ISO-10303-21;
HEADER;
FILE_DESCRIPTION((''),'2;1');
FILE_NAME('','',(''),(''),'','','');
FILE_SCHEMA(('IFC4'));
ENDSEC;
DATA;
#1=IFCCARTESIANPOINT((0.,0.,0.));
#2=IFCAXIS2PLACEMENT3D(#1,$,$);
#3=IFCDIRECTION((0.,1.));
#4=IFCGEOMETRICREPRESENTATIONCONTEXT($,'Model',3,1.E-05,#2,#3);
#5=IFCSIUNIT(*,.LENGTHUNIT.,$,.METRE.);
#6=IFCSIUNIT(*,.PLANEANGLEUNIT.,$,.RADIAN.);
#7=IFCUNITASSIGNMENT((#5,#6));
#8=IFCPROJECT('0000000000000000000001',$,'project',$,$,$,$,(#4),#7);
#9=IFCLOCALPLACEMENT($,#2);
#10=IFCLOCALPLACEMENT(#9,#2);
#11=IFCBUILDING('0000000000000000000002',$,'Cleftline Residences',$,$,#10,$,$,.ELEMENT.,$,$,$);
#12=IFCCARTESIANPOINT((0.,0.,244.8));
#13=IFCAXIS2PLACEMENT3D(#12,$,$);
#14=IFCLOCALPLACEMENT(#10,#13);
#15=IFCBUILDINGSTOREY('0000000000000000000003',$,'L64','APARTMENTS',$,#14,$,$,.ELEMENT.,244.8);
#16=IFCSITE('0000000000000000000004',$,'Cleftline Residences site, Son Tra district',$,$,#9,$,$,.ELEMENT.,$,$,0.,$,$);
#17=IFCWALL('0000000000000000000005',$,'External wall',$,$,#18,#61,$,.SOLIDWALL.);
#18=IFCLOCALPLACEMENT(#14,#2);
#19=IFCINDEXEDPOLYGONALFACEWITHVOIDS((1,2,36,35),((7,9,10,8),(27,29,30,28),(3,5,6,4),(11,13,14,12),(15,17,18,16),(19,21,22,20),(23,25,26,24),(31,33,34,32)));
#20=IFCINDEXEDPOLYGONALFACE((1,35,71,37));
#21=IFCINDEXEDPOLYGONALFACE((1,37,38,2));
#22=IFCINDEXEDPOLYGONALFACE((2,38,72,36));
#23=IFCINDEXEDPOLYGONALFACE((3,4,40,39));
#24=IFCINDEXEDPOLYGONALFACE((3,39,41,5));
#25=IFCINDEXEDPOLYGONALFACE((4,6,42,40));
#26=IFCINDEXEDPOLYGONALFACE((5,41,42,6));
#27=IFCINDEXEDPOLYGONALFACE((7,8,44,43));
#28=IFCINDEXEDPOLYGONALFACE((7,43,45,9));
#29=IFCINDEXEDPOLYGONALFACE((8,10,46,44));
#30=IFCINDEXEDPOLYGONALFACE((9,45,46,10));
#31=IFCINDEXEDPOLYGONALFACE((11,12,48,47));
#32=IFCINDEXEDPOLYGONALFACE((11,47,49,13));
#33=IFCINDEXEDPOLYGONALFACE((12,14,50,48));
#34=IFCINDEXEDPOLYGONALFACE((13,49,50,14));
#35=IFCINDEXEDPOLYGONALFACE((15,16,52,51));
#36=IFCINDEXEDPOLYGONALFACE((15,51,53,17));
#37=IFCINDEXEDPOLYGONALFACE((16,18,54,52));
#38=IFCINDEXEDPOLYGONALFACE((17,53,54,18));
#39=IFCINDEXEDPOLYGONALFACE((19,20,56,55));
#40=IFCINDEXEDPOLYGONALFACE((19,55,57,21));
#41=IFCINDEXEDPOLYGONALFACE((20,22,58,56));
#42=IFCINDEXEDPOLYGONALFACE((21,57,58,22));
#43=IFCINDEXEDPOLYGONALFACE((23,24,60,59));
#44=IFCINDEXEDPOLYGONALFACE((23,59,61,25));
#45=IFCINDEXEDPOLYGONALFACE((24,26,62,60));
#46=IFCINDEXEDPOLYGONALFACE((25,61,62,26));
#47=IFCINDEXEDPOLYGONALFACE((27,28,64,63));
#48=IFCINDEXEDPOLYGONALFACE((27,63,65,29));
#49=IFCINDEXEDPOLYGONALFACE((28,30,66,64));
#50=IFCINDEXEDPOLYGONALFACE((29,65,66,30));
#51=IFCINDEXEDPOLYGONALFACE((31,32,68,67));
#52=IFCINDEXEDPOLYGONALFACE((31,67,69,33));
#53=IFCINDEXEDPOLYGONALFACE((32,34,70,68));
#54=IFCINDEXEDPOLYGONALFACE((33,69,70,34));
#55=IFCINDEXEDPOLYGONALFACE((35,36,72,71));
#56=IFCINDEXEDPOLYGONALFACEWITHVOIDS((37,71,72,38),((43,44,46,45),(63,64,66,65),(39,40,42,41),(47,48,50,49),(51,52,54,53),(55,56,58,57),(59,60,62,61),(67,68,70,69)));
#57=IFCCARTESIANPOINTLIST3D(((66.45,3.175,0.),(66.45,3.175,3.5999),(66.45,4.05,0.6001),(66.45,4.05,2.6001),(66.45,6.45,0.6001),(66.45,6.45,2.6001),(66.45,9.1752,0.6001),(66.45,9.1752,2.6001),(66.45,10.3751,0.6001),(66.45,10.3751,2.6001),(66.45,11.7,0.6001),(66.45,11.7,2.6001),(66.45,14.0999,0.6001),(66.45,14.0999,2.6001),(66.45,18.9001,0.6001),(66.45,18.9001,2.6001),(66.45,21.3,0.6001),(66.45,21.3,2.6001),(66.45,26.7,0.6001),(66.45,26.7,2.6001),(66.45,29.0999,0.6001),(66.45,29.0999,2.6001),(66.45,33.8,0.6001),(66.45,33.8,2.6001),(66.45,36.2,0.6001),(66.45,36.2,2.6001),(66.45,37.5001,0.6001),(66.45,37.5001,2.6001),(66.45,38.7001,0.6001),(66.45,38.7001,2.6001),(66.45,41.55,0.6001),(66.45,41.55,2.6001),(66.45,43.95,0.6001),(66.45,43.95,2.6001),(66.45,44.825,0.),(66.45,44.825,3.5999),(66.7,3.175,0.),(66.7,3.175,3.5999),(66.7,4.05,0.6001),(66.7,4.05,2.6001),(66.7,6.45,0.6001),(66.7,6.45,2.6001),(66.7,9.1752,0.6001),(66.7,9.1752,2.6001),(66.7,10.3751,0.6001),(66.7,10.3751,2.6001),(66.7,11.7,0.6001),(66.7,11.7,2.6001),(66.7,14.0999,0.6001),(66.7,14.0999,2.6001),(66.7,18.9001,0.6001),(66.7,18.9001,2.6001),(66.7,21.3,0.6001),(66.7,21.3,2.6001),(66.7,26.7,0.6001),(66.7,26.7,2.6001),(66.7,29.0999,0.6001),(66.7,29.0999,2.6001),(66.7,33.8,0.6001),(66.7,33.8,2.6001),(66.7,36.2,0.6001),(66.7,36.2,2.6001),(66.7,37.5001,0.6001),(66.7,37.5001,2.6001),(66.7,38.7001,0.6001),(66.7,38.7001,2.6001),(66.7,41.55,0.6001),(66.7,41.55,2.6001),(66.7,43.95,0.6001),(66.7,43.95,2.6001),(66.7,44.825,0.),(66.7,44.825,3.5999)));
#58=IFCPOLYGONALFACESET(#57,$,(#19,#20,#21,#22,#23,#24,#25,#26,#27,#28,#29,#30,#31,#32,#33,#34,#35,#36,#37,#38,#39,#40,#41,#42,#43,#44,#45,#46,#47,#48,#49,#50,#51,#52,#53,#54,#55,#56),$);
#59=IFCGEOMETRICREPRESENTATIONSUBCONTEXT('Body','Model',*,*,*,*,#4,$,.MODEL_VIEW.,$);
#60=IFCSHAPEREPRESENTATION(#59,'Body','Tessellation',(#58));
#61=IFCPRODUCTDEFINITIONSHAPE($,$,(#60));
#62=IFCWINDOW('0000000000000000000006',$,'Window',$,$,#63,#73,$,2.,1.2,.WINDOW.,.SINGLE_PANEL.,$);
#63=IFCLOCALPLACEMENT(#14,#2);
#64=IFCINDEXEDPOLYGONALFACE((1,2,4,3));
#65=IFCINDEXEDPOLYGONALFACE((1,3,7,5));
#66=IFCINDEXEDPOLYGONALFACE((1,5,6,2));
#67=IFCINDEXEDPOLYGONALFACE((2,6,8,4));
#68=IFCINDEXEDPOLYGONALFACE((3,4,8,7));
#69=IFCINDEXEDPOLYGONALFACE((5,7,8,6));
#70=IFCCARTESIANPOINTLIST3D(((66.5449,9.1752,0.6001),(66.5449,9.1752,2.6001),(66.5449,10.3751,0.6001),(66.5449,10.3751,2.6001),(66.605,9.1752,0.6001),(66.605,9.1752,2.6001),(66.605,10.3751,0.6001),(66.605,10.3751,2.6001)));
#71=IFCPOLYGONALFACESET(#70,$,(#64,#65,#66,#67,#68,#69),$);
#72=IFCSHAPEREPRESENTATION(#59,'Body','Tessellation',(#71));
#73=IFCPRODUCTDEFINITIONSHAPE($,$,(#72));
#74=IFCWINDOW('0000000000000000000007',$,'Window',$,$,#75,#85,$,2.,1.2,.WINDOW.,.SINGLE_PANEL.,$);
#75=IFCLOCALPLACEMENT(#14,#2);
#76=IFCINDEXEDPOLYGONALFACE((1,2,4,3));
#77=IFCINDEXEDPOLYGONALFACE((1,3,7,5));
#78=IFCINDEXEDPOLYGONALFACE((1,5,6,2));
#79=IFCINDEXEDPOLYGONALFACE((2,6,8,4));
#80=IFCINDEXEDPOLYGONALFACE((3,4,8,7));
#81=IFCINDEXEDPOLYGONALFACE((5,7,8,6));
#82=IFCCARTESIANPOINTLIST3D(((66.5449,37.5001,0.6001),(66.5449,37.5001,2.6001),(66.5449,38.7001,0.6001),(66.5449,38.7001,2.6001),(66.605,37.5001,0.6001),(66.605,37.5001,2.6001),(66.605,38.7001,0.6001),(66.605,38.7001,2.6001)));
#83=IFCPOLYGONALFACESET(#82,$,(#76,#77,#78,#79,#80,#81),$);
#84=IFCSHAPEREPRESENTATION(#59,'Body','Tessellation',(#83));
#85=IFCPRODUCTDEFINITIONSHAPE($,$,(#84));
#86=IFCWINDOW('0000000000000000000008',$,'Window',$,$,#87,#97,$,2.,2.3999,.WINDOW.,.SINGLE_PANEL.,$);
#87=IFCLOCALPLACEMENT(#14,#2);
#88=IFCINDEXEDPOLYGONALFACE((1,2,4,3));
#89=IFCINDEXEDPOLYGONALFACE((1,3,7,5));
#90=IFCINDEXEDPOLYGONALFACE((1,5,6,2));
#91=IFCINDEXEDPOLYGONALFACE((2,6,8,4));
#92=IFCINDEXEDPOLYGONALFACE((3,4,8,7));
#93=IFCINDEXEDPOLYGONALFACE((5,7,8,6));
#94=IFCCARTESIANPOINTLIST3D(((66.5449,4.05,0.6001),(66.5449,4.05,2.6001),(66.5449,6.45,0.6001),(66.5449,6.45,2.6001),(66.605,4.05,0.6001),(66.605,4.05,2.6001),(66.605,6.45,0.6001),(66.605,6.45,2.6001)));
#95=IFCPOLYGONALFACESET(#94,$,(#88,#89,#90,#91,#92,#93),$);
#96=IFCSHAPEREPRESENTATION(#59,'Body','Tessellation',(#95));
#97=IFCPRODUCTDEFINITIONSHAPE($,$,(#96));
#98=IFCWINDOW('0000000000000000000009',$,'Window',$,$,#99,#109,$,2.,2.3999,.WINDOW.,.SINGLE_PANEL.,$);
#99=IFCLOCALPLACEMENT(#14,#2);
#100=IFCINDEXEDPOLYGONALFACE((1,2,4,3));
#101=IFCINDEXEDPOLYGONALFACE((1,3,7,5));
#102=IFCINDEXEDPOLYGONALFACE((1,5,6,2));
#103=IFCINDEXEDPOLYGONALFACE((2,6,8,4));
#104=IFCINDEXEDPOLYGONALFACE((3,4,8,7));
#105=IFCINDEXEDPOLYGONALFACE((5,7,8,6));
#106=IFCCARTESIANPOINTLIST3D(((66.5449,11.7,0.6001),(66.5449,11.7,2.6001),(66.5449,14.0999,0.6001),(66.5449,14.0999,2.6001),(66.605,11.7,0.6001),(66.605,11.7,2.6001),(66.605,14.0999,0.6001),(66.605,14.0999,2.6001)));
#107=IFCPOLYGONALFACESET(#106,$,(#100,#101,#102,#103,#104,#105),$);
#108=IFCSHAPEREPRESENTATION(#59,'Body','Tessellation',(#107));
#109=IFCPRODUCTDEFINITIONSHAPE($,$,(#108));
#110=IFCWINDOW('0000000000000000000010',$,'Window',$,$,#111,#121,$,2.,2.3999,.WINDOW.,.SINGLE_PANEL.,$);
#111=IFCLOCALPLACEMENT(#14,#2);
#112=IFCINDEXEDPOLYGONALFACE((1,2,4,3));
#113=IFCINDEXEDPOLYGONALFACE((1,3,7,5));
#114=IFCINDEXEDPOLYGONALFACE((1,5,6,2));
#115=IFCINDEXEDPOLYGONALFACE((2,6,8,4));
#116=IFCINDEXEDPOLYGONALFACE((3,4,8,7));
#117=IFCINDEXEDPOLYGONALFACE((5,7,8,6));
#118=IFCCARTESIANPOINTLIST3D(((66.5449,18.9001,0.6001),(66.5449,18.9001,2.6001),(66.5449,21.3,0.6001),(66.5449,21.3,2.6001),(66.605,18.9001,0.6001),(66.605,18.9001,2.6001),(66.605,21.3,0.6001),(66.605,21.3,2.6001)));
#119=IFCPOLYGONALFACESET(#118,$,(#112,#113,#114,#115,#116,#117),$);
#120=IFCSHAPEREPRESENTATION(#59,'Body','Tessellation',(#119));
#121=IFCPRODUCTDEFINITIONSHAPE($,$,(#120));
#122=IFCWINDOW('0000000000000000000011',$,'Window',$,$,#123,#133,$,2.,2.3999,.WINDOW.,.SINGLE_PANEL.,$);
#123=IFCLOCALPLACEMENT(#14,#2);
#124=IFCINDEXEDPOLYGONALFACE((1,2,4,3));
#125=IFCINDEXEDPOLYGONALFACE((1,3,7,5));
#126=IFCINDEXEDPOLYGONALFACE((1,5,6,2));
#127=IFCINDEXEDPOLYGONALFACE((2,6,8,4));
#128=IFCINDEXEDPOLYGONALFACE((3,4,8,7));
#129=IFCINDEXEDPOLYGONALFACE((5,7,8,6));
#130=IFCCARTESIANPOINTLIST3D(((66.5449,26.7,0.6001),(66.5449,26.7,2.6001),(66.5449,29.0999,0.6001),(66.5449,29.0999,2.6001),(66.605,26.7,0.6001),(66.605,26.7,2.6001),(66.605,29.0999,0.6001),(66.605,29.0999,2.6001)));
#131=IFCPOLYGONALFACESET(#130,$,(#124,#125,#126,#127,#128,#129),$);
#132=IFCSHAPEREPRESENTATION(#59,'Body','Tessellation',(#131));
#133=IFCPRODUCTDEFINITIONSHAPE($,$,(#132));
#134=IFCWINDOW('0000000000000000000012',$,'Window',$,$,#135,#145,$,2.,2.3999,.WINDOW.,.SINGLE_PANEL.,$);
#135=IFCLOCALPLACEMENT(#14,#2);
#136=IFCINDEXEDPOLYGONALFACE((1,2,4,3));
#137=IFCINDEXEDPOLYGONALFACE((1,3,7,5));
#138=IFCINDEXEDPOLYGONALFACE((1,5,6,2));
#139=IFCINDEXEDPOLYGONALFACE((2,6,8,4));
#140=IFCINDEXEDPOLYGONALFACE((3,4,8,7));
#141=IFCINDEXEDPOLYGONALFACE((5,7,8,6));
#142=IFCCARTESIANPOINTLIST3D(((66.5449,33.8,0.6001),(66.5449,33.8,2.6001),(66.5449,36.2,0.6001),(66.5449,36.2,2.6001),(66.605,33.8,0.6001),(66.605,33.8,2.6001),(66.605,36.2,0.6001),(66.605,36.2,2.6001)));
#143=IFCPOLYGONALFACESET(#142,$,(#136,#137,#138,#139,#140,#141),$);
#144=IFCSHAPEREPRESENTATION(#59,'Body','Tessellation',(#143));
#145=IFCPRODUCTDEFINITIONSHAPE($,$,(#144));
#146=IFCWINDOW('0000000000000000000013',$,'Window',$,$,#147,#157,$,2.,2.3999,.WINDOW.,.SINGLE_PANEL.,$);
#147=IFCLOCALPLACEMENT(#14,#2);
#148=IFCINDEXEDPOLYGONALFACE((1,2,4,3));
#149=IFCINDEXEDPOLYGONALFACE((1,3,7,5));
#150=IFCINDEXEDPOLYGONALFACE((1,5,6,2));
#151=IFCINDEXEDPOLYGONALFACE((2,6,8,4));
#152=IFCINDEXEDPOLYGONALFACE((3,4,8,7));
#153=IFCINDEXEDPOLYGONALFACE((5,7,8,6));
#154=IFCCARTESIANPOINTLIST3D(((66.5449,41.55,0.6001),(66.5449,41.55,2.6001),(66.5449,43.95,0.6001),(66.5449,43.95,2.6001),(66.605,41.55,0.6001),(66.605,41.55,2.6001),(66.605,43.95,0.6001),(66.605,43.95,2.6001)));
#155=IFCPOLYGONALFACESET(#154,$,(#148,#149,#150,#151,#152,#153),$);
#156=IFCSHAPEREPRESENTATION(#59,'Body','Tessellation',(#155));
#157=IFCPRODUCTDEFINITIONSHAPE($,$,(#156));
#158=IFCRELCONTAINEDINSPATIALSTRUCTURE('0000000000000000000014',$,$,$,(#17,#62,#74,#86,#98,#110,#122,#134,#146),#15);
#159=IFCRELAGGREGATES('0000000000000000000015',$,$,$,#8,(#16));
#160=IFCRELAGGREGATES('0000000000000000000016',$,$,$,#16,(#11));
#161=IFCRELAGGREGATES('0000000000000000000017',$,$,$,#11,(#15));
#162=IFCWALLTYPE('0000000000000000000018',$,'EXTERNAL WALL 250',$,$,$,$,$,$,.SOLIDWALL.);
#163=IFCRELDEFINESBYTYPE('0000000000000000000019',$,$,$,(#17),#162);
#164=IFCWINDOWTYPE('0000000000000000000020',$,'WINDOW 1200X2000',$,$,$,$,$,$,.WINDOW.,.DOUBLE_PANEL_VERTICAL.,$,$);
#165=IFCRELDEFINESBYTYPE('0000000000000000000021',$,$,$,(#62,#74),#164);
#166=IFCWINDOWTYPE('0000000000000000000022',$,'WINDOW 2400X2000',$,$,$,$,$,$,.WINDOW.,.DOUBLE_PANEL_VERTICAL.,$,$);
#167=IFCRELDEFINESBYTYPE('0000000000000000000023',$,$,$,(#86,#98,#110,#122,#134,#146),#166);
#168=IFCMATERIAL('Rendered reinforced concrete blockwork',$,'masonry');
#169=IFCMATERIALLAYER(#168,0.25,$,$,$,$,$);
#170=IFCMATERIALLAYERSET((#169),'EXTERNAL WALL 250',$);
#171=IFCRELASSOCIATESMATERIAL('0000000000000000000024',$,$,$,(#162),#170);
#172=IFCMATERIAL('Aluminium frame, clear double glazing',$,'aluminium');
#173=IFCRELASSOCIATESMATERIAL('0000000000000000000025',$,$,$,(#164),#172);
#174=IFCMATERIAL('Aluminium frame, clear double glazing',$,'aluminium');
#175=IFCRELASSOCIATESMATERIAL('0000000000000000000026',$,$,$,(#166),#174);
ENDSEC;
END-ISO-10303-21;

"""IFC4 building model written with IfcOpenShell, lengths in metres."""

from ifc_helpers import new_model, si_unit, direction, frame, frame_2d, origin, place, context, subcontext, project, spatial, rectangle, extrude, material, layer, layer_set, type_object, element, fill, save


model = new_model("IFC4")

# Units and contexts
model_context = context("Model", 3, precision=1e-05, world=origin(), true_north=direction((0.0, 1.0)))
body_context = subcontext(model_context, "Body", "Model", "MODEL_VIEW")
ifc_project = project(units=[si_unit("LENGTHUNIT", "METRE"), si_unit("PLANEANGLEUNIT", "RADIAN")], contexts=[model_context])

# Site, building, storey
site_placement = place(None, origin())
site = spatial("IfcSite", under=ifc_project, at=site_placement, Name="Cleftline Residences site, Son Tra district", CompositionType="ELEMENT", RefElevation=0.0)
building_placement = place(site_placement, origin())
building = spatial("IfcBuilding", under=site, at=building_placement, Name="Cleftline Residences", CompositionType="ELEMENT")
storey_placement = place(building_placement, frame((0.0, 0.0, 244.8)))
storey = spatial("IfcBuildingStorey", under=building, at=storey_placement, Name="L64", Description="APARTMENTS", CompositionType="ELEMENT", Elevation=244.8)

# Wall, openings, windows
ifc_material_1 = material(Name="Rendered reinforced concrete blockwork", Category="masonry")
ifc_layer_1 = layer(ifc_material_1, 0.25)
ifc_layer_set_1 = layer_set([ifc_layer_1], Name="EXTERNAL WALL 250")
wall_type = type_object("IfcWallType", Name="EXTERNAL WALL 250", PredefinedType="SOLIDWALL", material=ifc_layer_set_1)
wall_placement = place(storey_placement, frame((66.575, 3.175, 0.0), z_axis=(0.0, 0.0, 1.0), x_axis=(0.0, 1.0, 0.0)))
wall = element("IfcWall", 1, at=wall_placement, inside=storey, type_object=wall_type, Name="External wall", PredefinedType="SOLIDWALL", context=body_context, shape_type="SweptSolid", body=[
    extrude(rectangle(XDim=41.6499, YDim=0.25, at=frame_2d((20.825, 0.0))), origin(), (0.0, 0.0, 1.0), 3.5999),
])
opening_1_placement = place(wall_placement, frame((0.875, 0.0, 0.6001)))
opening_1 = element("IfcOpeningElement", 2, at=opening_1_placement, cuts=wall, PredefinedType="OPENING", context=body_context, shape_type="SweptSolid", body=[
    extrude(rectangle(XDim=2.3999, YDim=2.0, at=frame_2d((1.2, 1.0))), frame((0.0, 0.135, 0.0), z_axis=(0.0, -1.0, 0.0), x_axis=(1.0, 0.0, 0.0)), (0.0, 0.0, 1.0), 0.27),
])
opening_2_placement = place(wall_placement, frame((6.0, 0.0, 0.6001)))
opening_2 = element("IfcOpeningElement", 3, at=opening_2_placement, cuts=wall, PredefinedType="OPENING", context=body_context, shape_type="SweptSolid", body=[
    extrude(rectangle(XDim=1.2, YDim=2.0, at=frame_2d((0.6001, 1.0))), frame((0.0, 0.135, 0.0), z_axis=(0.0, -1.0, 0.0), x_axis=(1.0, 0.0, 0.0)), (0.0, 0.0, 1.0), 0.27),
])
opening_3_placement = place(wall_placement, frame((8.5249, 0.0, 0.6001)))
opening_3 = element("IfcOpeningElement", 4, at=opening_3_placement, cuts=wall, PredefinedType="OPENING", context=body_context, shape_type="SweptSolid", body=[
    extrude(rectangle(XDim=2.3999, YDim=2.0, at=frame_2d((1.2, 1.0))), frame((0.0, 0.135, 0.0), z_axis=(0.0, -1.0, 0.0), x_axis=(1.0, 0.0, 0.0)), (0.0, 0.0, 1.0), 0.27),
])
opening_4_placement = place(wall_placement, frame((15.7251, 0.0, 0.6001)))
opening_4 = element("IfcOpeningElement", 5, at=opening_4_placement, cuts=wall, PredefinedType="OPENING", context=body_context, shape_type="SweptSolid", body=[
    extrude(rectangle(XDim=2.3999, YDim=2.0, at=frame_2d((1.2, 1.0))), frame((0.0, 0.135, 0.0), z_axis=(0.0, -1.0, 0.0), x_axis=(1.0, 0.0, 0.0)), (0.0, 0.0, 1.0), 0.27),
])
opening_5_placement = place(wall_placement, frame((23.5249, 0.0, 0.6001)))
opening_5 = element("IfcOpeningElement", 6, at=opening_5_placement, cuts=wall, PredefinedType="OPENING", context=body_context, shape_type="SweptSolid", body=[
    extrude(rectangle(XDim=2.3999, YDim=2.0, at=frame_2d((1.2, 1.0))), frame((0.0, 0.135, 0.0), z_axis=(0.0, -1.0, 0.0), x_axis=(1.0, 0.0, 0.0)), (0.0, 0.0, 1.0), 0.27),
])
opening_6_placement = place(wall_placement, frame((30.625, 0.0, 0.6001)))
opening_6 = element("IfcOpeningElement", 7, at=opening_6_placement, cuts=wall, PredefinedType="OPENING", context=body_context, shape_type="SweptSolid", body=[
    extrude(rectangle(XDim=2.3999, YDim=2.0, at=frame_2d((1.2, 1.0))), frame((0.0, 0.135, 0.0), z_axis=(0.0, -1.0, 0.0), x_axis=(1.0, 0.0, 0.0)), (0.0, 0.0, 1.0), 0.27),
])
opening_7_placement = place(wall_placement, frame((34.325, 0.0, 0.6001)))
opening_7 = element("IfcOpeningElement", 8, at=opening_7_placement, cuts=wall, PredefinedType="OPENING", context=body_context, shape_type="SweptSolid", body=[
    extrude(rectangle(XDim=1.2, YDim=2.0, at=frame_2d((0.6001, 1.0))), frame((0.0, 0.135, 0.0), z_axis=(0.0, -1.0, 0.0), x_axis=(1.0, 0.0, 0.0)), (0.0, 0.0, 1.0), 0.27),
])
opening_8_placement = place(wall_placement, frame((38.375, 0.0, 0.6001)))
opening_8 = element("IfcOpeningElement", 9, at=opening_8_placement, cuts=wall, PredefinedType="OPENING", context=body_context, shape_type="SweptSolid", body=[
    extrude(rectangle(XDim=2.3999, YDim=2.0, at=frame_2d((1.2, 1.0))), frame((0.0, 0.135, 0.0), z_axis=(0.0, -1.0, 0.0), x_axis=(1.0, 0.0, 0.0)), (0.0, 0.0, 1.0), 0.27),
])
ifc_material_2 = material(Name="Aluminium frame, clear double glazing", Category="aluminium")
window_type_1 = type_object("IfcWindowType", Name="WINDOW 1200X2000", PartitioningType="DOUBLE_PANEL_VERTICAL", PredefinedType="WINDOW", material=ifc_material_2)
window_1_placement = place(opening_2_placement, origin())
window_1 = element("IfcWindow", 10, at=window_1_placement, inside=storey, type_object=window_type_1, Name="Window", OverallHeight=2.0, OverallWidth=1.2, PartitioningType="SINGLE_PANEL", PredefinedType="WINDOW", context=body_context, shape_type="SweptSolid", body=[
    extrude(rectangle(XDim=1.2, YDim=2.0, at=frame_2d((0.6001, 1.0))), frame((0.0, 0.03, 0.0), z_axis=(0.0, -1.0, 0.0), x_axis=(1.0, 0.0, 0.0)), (0.0, 0.0, 1.0), 0.0601),
])
fill(opening_2, window_1)
window_2_placement = place(opening_7_placement, origin())
window_2 = element("IfcWindow", 11, at=window_2_placement, inside=storey, type_object=window_type_1, Name="Window", OverallHeight=2.0, OverallWidth=1.2, PartitioningType="SINGLE_PANEL", PredefinedType="WINDOW", context=body_context, shape_type="SweptSolid", body=[
    extrude(rectangle(XDim=1.2, YDim=2.0, at=frame_2d((0.6001, 1.0))), frame((0.0, 0.03, 0.0), z_axis=(0.0, -1.0, 0.0), x_axis=(1.0, 0.0, 0.0)), (0.0, 0.0, 1.0), 0.0601),
])
fill(opening_7, window_2)
ifc_material_3 = material(Name="Aluminium frame, clear double glazing", Category="aluminium")
window_type_2 = type_object("IfcWindowType", Name="WINDOW 2400X2000", PartitioningType="DOUBLE_PANEL_VERTICAL", PredefinedType="WINDOW", material=ifc_material_3)
window_3_placement = place(opening_1_placement, origin())
window_3 = element("IfcWindow", 12, at=window_3_placement, inside=storey, type_object=window_type_2, Name="Window", OverallHeight=2.0, OverallWidth=2.3999, PartitioningType="SINGLE_PANEL", PredefinedType="WINDOW", context=body_context, shape_type="SweptSolid", body=[
    extrude(rectangle(XDim=2.3999, YDim=2.0, at=frame_2d((1.2, 1.0))), frame((0.0, 0.03, 0.0), z_axis=(0.0, -1.0, 0.0), x_axis=(1.0, 0.0, 0.0)), (0.0, 0.0, 1.0), 0.0601),
])
fill(opening_1, window_3)
window_4_placement = place(opening_3_placement, origin())
window_4 = element("IfcWindow", 13, at=window_4_placement, inside=storey, type_object=window_type_2, Name="Window", OverallHeight=2.0, OverallWidth=2.3999, PartitioningType="SINGLE_PANEL", PredefinedType="WINDOW", context=body_context, shape_type="SweptSolid", body=[
    extrude(rectangle(XDim=2.3999, YDim=2.0, at=frame_2d((1.2, 1.0))), frame((0.0, 0.03, 0.0), z_axis=(0.0, -1.0, 0.0), x_axis=(1.0, 0.0, 0.0)), (0.0, 0.0, 1.0), 0.0601),
])
fill(opening_3, window_4)
window_5_placement = place(opening_4_placement, origin())
window_5 = element("IfcWindow", 14, at=window_5_placement, inside=storey, type_object=window_type_2, Name="Window", OverallHeight=2.0, OverallWidth=2.3999, PartitioningType="SINGLE_PANEL", PredefinedType="WINDOW", context=body_context, shape_type="SweptSolid", body=[
    extrude(rectangle(XDim=2.3999, YDim=2.0, at=frame_2d((1.2, 1.0))), frame((0.0, 0.03, 0.0), z_axis=(0.0, -1.0, 0.0), x_axis=(1.0, 0.0, 0.0)), (0.0, 0.0, 1.0), 0.0601),
])
fill(opening_4, window_5)
window_6_placement = place(opening_5_placement, origin())
window_6 = element("IfcWindow", 15, at=window_6_placement, inside=storey, type_object=window_type_2, Name="Window", OverallHeight=2.0, OverallWidth=2.3999, PartitioningType="SINGLE_PANEL", PredefinedType="WINDOW", context=body_context, shape_type="SweptSolid", body=[
    extrude(rectangle(XDim=2.3999, YDim=2.0, at=frame_2d((1.2, 1.0))), frame((0.0, 0.03, 0.0), z_axis=(0.0, -1.0, 0.0), x_axis=(1.0, 0.0, 0.0)), (0.0, 0.0, 1.0), 0.0601),
])
fill(opening_5, window_6)
window_7_placement = place(opening_6_placement, origin())
window_7 = element("IfcWindow", 16, at=window_7_placement, inside=storey, type_object=window_type_2, Name="Window", OverallHeight=2.0, OverallWidth=2.3999, PartitioningType="SINGLE_PANEL", PredefinedType="WINDOW", context=body_context, shape_type="SweptSolid", body=[
    extrude(rectangle(XDim=2.3999, YDim=2.0, at=frame_2d((1.2, 1.0))), frame((0.0, 0.03, 0.0), z_axis=(0.0, -1.0, 0.0), x_axis=(1.0, 0.0, 0.0)), (0.0, 0.0, 1.0), 0.0601),
])
fill(opening_6, window_7)
window_8_placement = place(opening_8_placement, origin())
window_8 = element("IfcWindow", 17, at=window_8_placement, inside=storey, type_object=window_type_2, Name="Window", OverallHeight=2.0, OverallWidth=2.3999, PartitioningType="SINGLE_PANEL", PredefinedType="WINDOW", context=body_context, shape_type="SweptSolid", body=[
    extrude(rectangle(XDim=2.3999, YDim=2.0, at=frame_2d((1.2, 1.0))), frame((0.0, 0.03, 0.0), z_axis=(0.0, -1.0, 0.0), x_axis=(1.0, 0.0, 0.0)), (0.0, 0.0, 1.0), 0.0601),
])
fill(opening_8, window_8)

save(model, "model.ifc")
